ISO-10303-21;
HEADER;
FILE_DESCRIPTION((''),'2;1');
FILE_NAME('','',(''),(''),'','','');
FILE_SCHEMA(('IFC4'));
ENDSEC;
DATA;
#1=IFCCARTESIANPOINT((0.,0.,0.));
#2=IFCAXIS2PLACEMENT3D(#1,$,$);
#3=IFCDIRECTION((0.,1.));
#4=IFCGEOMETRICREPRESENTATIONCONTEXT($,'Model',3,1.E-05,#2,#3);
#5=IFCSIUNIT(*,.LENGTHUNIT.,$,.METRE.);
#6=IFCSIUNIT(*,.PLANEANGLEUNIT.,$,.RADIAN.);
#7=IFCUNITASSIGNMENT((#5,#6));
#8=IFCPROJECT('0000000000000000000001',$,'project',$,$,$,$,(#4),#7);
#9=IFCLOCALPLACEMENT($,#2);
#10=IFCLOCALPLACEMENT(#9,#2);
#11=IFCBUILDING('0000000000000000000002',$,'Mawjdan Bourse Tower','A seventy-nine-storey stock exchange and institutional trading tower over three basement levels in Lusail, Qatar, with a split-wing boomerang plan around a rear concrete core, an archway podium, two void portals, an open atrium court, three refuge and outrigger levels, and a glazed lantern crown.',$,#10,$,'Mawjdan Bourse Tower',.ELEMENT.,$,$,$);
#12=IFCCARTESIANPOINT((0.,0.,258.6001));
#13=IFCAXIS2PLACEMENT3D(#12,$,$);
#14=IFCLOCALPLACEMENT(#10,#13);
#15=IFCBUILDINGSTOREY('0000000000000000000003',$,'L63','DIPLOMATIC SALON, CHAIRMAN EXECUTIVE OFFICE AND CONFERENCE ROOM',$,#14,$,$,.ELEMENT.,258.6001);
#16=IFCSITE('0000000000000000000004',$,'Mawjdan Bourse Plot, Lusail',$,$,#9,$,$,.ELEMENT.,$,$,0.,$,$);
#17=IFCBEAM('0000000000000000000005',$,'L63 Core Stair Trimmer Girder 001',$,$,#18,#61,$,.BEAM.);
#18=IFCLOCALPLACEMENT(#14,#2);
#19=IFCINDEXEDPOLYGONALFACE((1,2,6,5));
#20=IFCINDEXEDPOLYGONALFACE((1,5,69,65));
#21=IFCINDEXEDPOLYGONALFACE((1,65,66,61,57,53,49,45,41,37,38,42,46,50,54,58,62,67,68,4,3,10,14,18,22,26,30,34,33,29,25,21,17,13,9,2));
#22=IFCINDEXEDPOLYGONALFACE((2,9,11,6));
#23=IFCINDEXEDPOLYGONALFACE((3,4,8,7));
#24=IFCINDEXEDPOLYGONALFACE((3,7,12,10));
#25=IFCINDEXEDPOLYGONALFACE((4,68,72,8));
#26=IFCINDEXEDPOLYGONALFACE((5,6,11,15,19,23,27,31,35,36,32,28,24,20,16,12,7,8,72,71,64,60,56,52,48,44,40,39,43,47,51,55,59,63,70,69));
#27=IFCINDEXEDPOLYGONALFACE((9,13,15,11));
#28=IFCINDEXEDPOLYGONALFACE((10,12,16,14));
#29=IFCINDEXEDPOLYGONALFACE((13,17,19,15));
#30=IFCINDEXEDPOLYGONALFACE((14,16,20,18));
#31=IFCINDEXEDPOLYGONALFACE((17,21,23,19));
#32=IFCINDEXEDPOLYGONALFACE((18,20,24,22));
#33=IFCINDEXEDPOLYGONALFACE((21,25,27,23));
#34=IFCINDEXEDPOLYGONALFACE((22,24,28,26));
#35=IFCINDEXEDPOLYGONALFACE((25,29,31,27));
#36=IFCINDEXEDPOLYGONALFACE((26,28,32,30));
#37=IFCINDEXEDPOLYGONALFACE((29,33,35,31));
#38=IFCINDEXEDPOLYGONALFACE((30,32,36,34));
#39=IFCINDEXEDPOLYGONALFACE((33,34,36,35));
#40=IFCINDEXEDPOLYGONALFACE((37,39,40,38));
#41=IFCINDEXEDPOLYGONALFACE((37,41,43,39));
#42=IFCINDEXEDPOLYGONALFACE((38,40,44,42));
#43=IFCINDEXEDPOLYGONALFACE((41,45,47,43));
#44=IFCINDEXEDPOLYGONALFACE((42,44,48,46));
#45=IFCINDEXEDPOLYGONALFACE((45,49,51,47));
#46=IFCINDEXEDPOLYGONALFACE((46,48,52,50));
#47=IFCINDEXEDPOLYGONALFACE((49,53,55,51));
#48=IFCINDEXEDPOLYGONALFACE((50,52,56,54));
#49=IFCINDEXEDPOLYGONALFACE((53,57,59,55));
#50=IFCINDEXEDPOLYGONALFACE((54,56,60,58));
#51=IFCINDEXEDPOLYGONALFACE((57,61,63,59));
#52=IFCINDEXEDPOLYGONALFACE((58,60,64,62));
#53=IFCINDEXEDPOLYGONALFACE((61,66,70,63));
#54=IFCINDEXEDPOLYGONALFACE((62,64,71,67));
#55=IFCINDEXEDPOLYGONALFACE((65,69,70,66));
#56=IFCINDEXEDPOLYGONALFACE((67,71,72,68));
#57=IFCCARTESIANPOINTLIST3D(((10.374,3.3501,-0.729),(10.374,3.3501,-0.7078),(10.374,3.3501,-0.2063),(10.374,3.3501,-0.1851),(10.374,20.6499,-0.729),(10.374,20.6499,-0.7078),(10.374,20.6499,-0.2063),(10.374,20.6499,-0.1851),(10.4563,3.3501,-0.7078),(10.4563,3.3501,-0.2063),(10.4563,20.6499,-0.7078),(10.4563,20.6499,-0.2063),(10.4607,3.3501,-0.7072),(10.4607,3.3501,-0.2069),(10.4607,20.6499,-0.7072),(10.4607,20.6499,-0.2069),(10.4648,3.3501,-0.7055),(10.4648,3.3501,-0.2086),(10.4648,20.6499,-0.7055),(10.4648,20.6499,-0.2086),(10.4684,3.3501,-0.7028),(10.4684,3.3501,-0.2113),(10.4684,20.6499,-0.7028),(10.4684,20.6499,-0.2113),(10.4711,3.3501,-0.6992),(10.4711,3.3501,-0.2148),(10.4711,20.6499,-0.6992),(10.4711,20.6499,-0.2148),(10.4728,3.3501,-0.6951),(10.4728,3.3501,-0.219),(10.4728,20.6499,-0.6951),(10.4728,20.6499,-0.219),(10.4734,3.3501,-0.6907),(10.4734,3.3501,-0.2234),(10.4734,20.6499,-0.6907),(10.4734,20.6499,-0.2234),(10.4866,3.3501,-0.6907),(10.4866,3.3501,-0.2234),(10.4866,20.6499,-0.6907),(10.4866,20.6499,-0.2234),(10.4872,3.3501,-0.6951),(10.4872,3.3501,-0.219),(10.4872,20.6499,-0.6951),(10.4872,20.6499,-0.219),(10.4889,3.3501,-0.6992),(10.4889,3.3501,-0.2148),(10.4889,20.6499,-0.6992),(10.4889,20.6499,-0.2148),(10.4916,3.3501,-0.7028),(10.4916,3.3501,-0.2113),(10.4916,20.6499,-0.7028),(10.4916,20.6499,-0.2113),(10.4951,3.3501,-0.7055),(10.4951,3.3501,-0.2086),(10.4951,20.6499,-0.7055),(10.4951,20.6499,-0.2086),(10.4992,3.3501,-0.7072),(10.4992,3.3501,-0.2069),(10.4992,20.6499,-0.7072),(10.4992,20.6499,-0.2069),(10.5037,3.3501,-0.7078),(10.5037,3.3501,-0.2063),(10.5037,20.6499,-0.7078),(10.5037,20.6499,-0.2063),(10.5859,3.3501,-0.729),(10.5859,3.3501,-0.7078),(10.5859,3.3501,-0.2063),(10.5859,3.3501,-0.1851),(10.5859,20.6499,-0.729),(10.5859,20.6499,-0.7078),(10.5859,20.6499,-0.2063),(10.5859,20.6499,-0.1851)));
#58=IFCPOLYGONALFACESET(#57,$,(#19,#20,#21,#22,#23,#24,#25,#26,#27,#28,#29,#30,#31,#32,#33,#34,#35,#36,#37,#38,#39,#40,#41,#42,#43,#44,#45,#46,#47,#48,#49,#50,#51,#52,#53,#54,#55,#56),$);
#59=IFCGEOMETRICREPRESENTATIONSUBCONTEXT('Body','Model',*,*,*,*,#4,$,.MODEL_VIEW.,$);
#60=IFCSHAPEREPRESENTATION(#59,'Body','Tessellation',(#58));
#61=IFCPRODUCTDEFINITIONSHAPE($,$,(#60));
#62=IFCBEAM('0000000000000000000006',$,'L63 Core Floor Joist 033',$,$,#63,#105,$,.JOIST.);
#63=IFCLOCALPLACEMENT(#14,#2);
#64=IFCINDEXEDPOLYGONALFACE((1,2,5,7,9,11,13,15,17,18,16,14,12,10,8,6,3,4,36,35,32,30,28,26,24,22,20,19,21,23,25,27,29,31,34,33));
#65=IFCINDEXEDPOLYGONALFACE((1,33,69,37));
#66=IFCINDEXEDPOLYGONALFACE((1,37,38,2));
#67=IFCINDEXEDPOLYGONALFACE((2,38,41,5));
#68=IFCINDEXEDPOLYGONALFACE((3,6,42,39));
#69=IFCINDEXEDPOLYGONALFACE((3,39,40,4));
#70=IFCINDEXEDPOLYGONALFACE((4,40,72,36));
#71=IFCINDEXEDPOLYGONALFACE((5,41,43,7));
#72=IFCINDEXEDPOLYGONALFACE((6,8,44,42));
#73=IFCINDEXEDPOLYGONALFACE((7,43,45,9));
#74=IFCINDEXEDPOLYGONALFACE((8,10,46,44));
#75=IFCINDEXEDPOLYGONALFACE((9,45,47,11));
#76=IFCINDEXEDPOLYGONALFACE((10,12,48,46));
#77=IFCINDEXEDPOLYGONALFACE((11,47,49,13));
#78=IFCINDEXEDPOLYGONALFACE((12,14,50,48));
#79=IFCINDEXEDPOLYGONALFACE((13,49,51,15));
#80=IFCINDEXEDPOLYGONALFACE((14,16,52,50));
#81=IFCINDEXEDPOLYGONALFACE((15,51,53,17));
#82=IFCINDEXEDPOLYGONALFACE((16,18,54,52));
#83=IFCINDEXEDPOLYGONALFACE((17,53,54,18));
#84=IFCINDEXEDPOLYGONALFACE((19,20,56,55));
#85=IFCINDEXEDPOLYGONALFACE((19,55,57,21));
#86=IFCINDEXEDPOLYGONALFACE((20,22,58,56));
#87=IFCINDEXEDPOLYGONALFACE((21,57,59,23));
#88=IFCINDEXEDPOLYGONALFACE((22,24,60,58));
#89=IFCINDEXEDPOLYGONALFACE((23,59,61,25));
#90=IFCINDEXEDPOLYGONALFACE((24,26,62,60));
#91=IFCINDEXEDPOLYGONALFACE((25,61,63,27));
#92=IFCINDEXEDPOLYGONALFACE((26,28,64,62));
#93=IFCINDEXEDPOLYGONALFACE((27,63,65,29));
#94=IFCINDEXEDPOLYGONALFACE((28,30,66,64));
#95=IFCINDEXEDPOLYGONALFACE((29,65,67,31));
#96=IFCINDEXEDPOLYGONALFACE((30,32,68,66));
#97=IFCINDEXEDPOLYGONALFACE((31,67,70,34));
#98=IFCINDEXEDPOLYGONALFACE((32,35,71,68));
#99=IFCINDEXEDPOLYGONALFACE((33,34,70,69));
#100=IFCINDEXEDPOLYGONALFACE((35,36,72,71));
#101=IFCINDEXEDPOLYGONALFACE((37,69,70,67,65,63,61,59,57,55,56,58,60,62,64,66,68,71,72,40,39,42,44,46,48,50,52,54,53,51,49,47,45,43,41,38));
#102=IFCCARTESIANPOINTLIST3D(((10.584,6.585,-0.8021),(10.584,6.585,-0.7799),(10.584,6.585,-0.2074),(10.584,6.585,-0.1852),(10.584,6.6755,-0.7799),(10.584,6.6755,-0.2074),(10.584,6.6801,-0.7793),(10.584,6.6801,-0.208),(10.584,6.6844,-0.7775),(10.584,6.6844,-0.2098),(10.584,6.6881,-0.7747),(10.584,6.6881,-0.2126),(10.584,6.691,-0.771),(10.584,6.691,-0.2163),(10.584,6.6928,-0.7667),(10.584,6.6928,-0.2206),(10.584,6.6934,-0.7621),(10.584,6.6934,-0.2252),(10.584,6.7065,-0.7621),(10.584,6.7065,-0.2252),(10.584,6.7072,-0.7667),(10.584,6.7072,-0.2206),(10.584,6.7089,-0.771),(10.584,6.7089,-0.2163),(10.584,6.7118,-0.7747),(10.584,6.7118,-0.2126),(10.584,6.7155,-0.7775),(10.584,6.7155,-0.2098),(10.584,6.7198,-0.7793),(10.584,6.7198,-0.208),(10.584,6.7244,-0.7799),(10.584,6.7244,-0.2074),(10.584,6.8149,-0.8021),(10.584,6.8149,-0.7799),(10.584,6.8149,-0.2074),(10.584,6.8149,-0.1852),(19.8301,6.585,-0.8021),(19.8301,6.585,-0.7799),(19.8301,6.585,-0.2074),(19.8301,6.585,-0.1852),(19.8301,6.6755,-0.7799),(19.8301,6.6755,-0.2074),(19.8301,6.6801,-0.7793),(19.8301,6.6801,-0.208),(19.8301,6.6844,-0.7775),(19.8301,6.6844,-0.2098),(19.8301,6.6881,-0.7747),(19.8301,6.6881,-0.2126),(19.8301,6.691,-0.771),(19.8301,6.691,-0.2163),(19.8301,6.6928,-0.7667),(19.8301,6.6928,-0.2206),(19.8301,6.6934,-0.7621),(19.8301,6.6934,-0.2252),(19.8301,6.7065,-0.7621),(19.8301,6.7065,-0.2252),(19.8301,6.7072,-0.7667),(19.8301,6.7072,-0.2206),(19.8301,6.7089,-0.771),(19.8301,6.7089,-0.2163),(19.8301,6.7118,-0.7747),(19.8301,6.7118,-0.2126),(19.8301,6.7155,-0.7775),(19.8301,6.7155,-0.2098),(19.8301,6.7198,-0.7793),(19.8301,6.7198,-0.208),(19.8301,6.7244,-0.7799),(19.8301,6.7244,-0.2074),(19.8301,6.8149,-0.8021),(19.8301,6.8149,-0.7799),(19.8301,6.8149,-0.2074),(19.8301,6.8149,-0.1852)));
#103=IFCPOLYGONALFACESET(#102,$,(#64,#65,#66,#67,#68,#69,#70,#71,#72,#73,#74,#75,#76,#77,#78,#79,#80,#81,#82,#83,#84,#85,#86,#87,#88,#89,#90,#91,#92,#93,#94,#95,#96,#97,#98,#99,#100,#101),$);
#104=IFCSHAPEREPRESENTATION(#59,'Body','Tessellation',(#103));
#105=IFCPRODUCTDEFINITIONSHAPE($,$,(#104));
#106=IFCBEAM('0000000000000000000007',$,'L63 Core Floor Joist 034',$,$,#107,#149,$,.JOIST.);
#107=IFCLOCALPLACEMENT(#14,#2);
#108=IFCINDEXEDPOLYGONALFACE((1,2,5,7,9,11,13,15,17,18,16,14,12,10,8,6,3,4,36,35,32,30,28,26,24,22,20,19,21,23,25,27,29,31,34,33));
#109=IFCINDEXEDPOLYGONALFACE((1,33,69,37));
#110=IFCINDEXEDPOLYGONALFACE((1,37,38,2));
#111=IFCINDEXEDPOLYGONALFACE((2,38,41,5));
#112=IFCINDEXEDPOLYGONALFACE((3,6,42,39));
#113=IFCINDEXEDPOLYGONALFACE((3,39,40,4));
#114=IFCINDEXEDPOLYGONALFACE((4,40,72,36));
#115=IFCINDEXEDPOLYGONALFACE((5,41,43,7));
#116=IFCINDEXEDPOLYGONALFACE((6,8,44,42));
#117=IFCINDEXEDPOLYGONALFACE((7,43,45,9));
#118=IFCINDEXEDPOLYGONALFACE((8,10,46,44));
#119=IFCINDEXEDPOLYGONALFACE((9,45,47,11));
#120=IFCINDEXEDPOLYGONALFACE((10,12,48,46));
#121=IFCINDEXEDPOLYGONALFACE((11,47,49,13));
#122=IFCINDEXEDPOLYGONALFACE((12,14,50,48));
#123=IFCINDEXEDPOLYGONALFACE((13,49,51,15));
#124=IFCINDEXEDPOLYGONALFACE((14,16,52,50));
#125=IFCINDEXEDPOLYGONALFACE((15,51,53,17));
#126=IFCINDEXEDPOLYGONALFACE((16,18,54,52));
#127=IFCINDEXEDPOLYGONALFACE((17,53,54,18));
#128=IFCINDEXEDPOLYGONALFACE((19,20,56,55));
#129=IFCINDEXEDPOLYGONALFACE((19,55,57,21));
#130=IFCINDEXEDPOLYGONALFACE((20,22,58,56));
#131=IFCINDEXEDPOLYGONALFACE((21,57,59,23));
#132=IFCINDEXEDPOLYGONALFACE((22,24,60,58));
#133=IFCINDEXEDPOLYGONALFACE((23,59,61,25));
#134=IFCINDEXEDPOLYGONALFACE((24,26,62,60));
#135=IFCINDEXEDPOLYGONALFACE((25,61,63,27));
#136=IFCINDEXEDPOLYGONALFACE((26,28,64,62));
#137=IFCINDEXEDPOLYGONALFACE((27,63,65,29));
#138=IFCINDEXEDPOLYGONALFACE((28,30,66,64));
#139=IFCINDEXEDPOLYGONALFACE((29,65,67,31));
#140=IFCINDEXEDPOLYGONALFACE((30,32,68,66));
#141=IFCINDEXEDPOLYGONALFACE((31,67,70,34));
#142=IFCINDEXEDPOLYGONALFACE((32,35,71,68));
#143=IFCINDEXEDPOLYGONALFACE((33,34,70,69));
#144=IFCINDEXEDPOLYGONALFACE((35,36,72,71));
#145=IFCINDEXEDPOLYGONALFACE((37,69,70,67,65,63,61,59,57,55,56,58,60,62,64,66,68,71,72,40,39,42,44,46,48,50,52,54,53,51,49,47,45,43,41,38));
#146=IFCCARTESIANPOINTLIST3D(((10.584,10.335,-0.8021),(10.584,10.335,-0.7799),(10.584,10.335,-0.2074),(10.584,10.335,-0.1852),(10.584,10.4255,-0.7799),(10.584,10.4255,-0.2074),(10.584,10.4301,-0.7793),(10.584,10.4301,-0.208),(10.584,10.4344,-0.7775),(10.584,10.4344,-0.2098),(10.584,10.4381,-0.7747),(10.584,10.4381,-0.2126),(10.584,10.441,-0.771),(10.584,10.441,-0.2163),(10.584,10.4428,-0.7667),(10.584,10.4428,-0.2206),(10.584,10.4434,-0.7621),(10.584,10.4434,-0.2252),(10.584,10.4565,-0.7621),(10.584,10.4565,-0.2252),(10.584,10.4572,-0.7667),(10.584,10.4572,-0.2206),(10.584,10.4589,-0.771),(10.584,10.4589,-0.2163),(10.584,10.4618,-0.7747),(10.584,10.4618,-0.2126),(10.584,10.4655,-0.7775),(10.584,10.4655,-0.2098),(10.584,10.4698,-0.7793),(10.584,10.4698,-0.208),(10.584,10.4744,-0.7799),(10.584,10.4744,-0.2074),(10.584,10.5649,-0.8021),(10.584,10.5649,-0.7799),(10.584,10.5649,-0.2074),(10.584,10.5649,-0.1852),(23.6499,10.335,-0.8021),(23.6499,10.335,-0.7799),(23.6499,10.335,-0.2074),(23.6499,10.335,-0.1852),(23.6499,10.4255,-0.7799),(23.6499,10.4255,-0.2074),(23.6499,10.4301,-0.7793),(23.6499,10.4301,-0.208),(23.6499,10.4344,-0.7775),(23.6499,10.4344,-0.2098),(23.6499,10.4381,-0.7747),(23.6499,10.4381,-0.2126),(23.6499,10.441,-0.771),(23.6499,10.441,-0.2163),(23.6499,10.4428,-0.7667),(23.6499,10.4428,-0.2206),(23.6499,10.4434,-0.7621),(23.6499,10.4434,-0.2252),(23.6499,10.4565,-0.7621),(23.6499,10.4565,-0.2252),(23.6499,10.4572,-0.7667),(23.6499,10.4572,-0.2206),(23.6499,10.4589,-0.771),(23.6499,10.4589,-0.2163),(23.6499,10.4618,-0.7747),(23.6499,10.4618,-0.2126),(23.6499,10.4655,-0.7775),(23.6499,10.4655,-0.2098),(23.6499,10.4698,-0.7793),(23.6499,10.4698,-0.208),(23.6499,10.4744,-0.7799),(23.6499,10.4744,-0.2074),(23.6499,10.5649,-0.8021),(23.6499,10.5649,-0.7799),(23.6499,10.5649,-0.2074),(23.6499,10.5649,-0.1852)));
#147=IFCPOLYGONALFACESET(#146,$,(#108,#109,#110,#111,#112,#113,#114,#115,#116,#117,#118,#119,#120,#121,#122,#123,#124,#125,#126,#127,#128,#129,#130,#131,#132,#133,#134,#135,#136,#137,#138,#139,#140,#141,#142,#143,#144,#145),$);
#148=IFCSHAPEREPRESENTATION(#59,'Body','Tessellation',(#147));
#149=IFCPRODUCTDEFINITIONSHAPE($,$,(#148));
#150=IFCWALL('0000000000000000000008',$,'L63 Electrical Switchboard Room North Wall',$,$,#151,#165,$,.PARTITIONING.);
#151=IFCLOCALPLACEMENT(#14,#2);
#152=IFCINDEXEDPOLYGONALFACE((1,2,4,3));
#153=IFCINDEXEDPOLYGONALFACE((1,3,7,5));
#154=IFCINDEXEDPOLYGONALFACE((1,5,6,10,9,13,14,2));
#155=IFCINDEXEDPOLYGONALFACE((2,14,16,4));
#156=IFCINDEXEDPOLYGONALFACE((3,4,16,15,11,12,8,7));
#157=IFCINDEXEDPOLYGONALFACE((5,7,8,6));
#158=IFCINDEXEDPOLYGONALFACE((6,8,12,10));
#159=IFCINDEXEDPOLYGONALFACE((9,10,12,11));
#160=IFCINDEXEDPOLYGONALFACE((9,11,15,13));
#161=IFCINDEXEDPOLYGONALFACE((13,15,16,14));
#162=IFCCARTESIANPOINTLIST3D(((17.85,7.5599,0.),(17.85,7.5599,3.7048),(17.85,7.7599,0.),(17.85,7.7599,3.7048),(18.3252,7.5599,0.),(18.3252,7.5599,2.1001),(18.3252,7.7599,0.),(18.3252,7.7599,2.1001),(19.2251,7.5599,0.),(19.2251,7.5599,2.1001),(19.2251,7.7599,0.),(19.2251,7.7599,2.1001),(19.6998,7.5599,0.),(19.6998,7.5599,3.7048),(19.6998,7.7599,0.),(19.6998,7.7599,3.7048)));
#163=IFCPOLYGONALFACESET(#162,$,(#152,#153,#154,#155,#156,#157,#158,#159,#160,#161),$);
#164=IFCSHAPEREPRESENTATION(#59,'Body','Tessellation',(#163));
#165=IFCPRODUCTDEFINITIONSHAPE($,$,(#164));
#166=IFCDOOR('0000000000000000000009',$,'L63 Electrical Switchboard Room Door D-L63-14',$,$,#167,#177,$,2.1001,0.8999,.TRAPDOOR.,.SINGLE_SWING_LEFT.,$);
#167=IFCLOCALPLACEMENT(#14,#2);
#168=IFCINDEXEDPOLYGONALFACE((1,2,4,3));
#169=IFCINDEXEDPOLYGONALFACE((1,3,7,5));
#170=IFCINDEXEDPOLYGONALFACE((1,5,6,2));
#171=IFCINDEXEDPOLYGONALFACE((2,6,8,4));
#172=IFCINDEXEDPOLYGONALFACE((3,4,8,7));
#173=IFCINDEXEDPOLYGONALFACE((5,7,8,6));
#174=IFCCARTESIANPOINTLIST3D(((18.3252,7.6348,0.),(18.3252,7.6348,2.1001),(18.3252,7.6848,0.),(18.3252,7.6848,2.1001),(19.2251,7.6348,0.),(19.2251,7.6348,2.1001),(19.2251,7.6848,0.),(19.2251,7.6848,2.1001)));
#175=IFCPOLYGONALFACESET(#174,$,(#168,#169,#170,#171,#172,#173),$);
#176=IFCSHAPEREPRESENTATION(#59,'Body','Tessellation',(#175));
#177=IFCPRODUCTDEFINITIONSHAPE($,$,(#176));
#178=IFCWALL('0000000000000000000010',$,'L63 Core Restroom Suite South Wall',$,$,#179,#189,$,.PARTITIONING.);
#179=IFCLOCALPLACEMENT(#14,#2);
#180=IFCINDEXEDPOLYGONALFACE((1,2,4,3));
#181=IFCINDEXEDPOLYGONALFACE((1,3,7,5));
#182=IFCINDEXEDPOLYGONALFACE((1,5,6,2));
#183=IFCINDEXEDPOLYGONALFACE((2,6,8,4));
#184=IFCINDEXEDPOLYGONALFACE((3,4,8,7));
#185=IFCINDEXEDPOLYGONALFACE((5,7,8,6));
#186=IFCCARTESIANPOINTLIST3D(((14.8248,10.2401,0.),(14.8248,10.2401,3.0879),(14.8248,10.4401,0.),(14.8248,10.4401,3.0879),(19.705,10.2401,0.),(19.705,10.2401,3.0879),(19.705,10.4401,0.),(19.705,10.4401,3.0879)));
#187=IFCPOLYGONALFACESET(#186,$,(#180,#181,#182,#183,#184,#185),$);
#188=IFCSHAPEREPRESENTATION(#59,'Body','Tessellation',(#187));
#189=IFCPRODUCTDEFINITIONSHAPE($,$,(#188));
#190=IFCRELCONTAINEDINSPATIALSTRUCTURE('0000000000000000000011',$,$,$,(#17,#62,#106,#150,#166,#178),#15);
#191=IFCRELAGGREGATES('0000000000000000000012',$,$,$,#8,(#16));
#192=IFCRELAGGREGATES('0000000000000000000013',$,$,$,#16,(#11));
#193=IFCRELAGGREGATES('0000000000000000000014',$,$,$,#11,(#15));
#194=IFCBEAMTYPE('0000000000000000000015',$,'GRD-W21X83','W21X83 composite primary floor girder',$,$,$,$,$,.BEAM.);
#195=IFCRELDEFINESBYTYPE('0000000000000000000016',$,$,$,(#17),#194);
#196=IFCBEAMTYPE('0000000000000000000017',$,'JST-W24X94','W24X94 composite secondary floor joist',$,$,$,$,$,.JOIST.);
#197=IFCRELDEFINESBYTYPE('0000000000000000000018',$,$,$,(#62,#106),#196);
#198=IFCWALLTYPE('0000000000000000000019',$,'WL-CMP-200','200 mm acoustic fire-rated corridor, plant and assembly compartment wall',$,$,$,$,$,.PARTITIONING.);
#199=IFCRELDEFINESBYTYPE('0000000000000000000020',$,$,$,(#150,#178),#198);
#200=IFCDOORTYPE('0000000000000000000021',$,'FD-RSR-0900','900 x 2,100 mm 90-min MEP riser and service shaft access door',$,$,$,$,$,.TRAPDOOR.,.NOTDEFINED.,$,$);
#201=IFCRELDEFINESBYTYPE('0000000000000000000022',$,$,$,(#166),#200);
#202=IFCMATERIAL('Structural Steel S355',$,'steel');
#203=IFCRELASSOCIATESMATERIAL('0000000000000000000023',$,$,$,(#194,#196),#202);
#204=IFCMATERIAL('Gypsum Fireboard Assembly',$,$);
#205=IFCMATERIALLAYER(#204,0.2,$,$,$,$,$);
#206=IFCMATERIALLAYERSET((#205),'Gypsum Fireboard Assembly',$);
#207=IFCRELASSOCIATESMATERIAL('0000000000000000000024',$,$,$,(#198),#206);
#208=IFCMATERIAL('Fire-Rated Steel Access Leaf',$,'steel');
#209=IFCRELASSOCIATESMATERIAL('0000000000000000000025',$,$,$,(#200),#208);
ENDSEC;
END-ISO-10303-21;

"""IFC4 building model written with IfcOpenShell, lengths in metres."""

from ifc_helpers import new_model, si_unit, direction, frame, frame_2d, origin, origin_2d, place, context, subcontext, project, spatial, rectangle, i_section, extrude, material, layer, layer_set, material_profile, profile_set, type_object, element, fill, save


model = new_model("IFC4")

# Units and contexts
model_context = context("Model", 3, precision=1e-05, world=origin(), true_north=direction((0.0, 1.0)))
body_context = subcontext(model_context, "Body", "Model", "MODEL_VIEW")
ifc_project = project(units=[si_unit("LENGTHUNIT", "METRE"), si_unit("PLANEANGLEUNIT", "RADIAN")], contexts=[model_context])

# Site, building, storey
site_placement = place(None, origin())
site = spatial("IfcSite", under=ifc_project, at=site_placement, Name="Mawjdan Bourse Plot, Lusail", CompositionType="ELEMENT", RefElevation=0.0)
building_placement = place(site_placement, origin())
building = spatial("IfcBuilding", under=site, at=building_placement, Name="Mawjdan Bourse Tower", Description="A seventy-nine-storey stock exchange and institutional trading tower over three basement levels in Lusail, Qatar, with a split-wing boomerang plan around a rear concrete core, an archway podium, two void portals, an open atrium court, three refuge and outrigger levels, and a glazed lantern crown.", LongName="Mawjdan Bourse Tower", CompositionType="ELEMENT")
storey_placement = place(building_placement, frame((0.0, 0.0, 258.6001)))
storey = spatial("IfcBuildingStorey", under=building, at=storey_placement, Name="L63", Description="DIPLOMATIC SALON, CHAIRMAN EXECUTIVE OFFICE AND CONFERENCE ROOM", CompositionType="ELEMENT", Elevation=258.6001)

# Beams
ifc_material_1 = material(Name="Structural Steel S355", Category="steel")
ifc_material_profile_1 = material_profile(ifc_material_1, i_section(OverallWidth=0.2119, OverallDepth=0.5439, WebThickness=0.0132, FlangeThickness=0.0212, FilletRadius=0.0171, at=origin_2d()), Name="W21X83")
ifc_profile_set_1 = profile_set([ifc_material_profile_1], Name="Structural Steel S355")
beam_type_1 = type_object("IfcBeamType", Name="GRD-W21X83", Description="W21X83 composite primary floor girder", PredefinedType="BEAM", material=ifc_profile_set_1)
beam_1_placement = place(storey_placement, frame((10.48, 3.3501, -0.457), z_axis=(0.0, 1.0, 0.0), x_axis=(-1.0, 0.0, 0.0)))
element("IfcBeam", 1, at=beam_1_placement, inside=storey, type_object=beam_type_1, Name="L63 Core Stair Trimmer Girder 001", PredefinedType="BEAM", context=body_context, shape_type="SweptSolid", body=[
    extrude(i_section(OverallWidth=0.2119, OverallDepth=0.5439, WebThickness=0.0132, FlangeThickness=0.0212, FilletRadius=0.0171, at=origin_2d()), origin(), (0.0, 0.0, 1.0), 17.2998),
])
ifc_material_profile_2 = material_profile(ifc_material_1, i_section(OverallWidth=0.23, OverallDepth=0.6169, WebThickness=0.0132, FlangeThickness=0.0222, FilletRadius=0.0178, at=origin_2d()), Name="W24X94")
ifc_profile_set_2 = profile_set([ifc_material_profile_2], Name="Structural Steel S355")
beam_type_2 = type_object("IfcBeamType", Name="JST-W24X94", Description="W24X94 composite secondary floor joist", PredefinedType="JOIST", material=ifc_profile_set_2)
beam_2_placement = place(storey_placement, frame((10.584, 6.7, -0.4937), z_axis=(1.0, 0.0, 0.0), x_axis=(0.0, 1.0, 0.0)))
element("IfcBeam", 2, at=beam_2_placement, inside=storey, type_object=beam_type_2, Name="L63 Core Floor Joist 033", PredefinedType="JOIST", context=body_context, shape_type="SweptSolid", body=[
    extrude(i_section(OverallWidth=0.23, OverallDepth=0.6169, WebThickness=0.0132, FlangeThickness=0.0222, FilletRadius=0.0178, at=origin_2d()), origin(), (0.0, 0.0, 1.0), 9.2461),
])
beam_3_placement = place(storey_placement, frame((10.584, 10.45, -0.4937), z_axis=(1.0, 0.0, 0.0), x_axis=(0.0, 1.0, 0.0)))
element("IfcBeam", 3, at=beam_3_placement, inside=storey, type_object=beam_type_2, Name="L63 Core Floor Joist 034", PredefinedType="JOIST", context=body_context, shape_type="SweptSolid", body=[
    extrude(i_section(OverallWidth=0.23, OverallDepth=0.6169, WebThickness=0.0132, FlangeThickness=0.0222, FilletRadius=0.0178, at=origin_2d()), origin(), (0.0, 0.0, 1.0), 13.0659),
])

# Wall, opening, door
ifc_material_2 = material(Name="Gypsum Fireboard Assembly")
ifc_layer_1 = layer(ifc_material_2, 0.2)
ifc_layer_set_1 = layer_set([ifc_layer_1], Name="Gypsum Fireboard Assembly")
wall_type_1 = type_object("IfcWallType", Name="WL-CMP-200", Description="200 mm acoustic fire-rated corridor, plant and assembly compartment wall", PredefinedType="PARTITIONING", material=ifc_layer_set_1)
wall_1_placement = place(storey_placement, frame((17.8501, 7.6599, 0.0), z_axis=(0.0, 0.0, 1.0), x_axis=(1.0, 0.0, 0.0)))
wall_1 = element("IfcWall", 4, at=wall_1_placement, inside=storey, type_object=wall_type_1, Name="L63 Electrical Switchboard Room North Wall", PredefinedType="PARTITIONING", context=body_context, shape_type="SweptSolid", body=[
    extrude(rectangle(XDim=1.8499, YDim=0.2, at=frame_2d((0.9248, 0.0))), origin(), (0.0, 0.0, 1.0), 3.7048),
])
opening_1_placement = place(wall_1_placement, frame((0.4751, 0.0, 0.0)))
opening_1 = element("IfcOpeningElement", 5, at=opening_1_placement, cuts=wall_1, PredefinedType="OPENING", context=body_context, shape_type="SweptSolid", body=[
    extrude(rectangle(XDim=0.8999, YDim=2.1001, at=frame_2d((0.45, 1.05))), frame((0.0, 0.1099, 0.0), z_axis=(0.0, -1.0, 0.0), x_axis=(1.0, 0.0, 0.0)), (0.0, 0.0, 1.0), 0.22),
])
ifc_material_3 = material(Name="Fire-Rated Steel Access Leaf", Category="steel")
door_type_1 = type_object("IfcDoorType", Name="FD-RSR-0900", Description="900 x 2,100 mm 90-min MEP riser and service shaft access door", OperationType="NOTDEFINED", PredefinedType="TRAPDOOR", material=ifc_material_3)
door_1_placement = place(opening_1_placement, origin())
door_1 = element("IfcDoor", 6, at=door_1_placement, inside=storey, type_object=door_type_1, Name="L63 Electrical Switchboard Room Door D-L63-14", OperationType="SINGLE_SWING_LEFT", OverallHeight=2.1001, OverallWidth=0.8999, PredefinedType="TRAPDOOR", context=body_context, shape_type="SweptSolid", body=[
    extrude(rectangle(XDim=0.8999, YDim=2.1001, at=frame_2d((0.45, 1.05))), frame((0.0, 0.0249, 0.0), z_axis=(0.0, -1.0, 0.0), x_axis=(1.0, 0.0, 0.0)), (0.0, 0.0, 1.0), 0.05),
])
fill(opening_1, door_1)

# Wall
wall_2_placement = place(storey_placement, frame((14.825, 10.3401, 0.0), z_axis=(0.0, 0.0, 1.0), x_axis=(1.0, 0.0, 0.0)))
element("IfcWall", 7, at=wall_2_placement, inside=storey, type_object=wall_type_1, Name="L63 Core Restroom Suite South Wall", PredefinedType="PARTITIONING", context=body_context, shape_type="SweptSolid", body=[
    extrude(rectangle(XDim=4.8801, YDim=0.2, at=frame_2d((2.4399, 0.0))), origin(), (0.0, 0.0, 1.0), 3.0879),
])

save(model, "model.ifc")
